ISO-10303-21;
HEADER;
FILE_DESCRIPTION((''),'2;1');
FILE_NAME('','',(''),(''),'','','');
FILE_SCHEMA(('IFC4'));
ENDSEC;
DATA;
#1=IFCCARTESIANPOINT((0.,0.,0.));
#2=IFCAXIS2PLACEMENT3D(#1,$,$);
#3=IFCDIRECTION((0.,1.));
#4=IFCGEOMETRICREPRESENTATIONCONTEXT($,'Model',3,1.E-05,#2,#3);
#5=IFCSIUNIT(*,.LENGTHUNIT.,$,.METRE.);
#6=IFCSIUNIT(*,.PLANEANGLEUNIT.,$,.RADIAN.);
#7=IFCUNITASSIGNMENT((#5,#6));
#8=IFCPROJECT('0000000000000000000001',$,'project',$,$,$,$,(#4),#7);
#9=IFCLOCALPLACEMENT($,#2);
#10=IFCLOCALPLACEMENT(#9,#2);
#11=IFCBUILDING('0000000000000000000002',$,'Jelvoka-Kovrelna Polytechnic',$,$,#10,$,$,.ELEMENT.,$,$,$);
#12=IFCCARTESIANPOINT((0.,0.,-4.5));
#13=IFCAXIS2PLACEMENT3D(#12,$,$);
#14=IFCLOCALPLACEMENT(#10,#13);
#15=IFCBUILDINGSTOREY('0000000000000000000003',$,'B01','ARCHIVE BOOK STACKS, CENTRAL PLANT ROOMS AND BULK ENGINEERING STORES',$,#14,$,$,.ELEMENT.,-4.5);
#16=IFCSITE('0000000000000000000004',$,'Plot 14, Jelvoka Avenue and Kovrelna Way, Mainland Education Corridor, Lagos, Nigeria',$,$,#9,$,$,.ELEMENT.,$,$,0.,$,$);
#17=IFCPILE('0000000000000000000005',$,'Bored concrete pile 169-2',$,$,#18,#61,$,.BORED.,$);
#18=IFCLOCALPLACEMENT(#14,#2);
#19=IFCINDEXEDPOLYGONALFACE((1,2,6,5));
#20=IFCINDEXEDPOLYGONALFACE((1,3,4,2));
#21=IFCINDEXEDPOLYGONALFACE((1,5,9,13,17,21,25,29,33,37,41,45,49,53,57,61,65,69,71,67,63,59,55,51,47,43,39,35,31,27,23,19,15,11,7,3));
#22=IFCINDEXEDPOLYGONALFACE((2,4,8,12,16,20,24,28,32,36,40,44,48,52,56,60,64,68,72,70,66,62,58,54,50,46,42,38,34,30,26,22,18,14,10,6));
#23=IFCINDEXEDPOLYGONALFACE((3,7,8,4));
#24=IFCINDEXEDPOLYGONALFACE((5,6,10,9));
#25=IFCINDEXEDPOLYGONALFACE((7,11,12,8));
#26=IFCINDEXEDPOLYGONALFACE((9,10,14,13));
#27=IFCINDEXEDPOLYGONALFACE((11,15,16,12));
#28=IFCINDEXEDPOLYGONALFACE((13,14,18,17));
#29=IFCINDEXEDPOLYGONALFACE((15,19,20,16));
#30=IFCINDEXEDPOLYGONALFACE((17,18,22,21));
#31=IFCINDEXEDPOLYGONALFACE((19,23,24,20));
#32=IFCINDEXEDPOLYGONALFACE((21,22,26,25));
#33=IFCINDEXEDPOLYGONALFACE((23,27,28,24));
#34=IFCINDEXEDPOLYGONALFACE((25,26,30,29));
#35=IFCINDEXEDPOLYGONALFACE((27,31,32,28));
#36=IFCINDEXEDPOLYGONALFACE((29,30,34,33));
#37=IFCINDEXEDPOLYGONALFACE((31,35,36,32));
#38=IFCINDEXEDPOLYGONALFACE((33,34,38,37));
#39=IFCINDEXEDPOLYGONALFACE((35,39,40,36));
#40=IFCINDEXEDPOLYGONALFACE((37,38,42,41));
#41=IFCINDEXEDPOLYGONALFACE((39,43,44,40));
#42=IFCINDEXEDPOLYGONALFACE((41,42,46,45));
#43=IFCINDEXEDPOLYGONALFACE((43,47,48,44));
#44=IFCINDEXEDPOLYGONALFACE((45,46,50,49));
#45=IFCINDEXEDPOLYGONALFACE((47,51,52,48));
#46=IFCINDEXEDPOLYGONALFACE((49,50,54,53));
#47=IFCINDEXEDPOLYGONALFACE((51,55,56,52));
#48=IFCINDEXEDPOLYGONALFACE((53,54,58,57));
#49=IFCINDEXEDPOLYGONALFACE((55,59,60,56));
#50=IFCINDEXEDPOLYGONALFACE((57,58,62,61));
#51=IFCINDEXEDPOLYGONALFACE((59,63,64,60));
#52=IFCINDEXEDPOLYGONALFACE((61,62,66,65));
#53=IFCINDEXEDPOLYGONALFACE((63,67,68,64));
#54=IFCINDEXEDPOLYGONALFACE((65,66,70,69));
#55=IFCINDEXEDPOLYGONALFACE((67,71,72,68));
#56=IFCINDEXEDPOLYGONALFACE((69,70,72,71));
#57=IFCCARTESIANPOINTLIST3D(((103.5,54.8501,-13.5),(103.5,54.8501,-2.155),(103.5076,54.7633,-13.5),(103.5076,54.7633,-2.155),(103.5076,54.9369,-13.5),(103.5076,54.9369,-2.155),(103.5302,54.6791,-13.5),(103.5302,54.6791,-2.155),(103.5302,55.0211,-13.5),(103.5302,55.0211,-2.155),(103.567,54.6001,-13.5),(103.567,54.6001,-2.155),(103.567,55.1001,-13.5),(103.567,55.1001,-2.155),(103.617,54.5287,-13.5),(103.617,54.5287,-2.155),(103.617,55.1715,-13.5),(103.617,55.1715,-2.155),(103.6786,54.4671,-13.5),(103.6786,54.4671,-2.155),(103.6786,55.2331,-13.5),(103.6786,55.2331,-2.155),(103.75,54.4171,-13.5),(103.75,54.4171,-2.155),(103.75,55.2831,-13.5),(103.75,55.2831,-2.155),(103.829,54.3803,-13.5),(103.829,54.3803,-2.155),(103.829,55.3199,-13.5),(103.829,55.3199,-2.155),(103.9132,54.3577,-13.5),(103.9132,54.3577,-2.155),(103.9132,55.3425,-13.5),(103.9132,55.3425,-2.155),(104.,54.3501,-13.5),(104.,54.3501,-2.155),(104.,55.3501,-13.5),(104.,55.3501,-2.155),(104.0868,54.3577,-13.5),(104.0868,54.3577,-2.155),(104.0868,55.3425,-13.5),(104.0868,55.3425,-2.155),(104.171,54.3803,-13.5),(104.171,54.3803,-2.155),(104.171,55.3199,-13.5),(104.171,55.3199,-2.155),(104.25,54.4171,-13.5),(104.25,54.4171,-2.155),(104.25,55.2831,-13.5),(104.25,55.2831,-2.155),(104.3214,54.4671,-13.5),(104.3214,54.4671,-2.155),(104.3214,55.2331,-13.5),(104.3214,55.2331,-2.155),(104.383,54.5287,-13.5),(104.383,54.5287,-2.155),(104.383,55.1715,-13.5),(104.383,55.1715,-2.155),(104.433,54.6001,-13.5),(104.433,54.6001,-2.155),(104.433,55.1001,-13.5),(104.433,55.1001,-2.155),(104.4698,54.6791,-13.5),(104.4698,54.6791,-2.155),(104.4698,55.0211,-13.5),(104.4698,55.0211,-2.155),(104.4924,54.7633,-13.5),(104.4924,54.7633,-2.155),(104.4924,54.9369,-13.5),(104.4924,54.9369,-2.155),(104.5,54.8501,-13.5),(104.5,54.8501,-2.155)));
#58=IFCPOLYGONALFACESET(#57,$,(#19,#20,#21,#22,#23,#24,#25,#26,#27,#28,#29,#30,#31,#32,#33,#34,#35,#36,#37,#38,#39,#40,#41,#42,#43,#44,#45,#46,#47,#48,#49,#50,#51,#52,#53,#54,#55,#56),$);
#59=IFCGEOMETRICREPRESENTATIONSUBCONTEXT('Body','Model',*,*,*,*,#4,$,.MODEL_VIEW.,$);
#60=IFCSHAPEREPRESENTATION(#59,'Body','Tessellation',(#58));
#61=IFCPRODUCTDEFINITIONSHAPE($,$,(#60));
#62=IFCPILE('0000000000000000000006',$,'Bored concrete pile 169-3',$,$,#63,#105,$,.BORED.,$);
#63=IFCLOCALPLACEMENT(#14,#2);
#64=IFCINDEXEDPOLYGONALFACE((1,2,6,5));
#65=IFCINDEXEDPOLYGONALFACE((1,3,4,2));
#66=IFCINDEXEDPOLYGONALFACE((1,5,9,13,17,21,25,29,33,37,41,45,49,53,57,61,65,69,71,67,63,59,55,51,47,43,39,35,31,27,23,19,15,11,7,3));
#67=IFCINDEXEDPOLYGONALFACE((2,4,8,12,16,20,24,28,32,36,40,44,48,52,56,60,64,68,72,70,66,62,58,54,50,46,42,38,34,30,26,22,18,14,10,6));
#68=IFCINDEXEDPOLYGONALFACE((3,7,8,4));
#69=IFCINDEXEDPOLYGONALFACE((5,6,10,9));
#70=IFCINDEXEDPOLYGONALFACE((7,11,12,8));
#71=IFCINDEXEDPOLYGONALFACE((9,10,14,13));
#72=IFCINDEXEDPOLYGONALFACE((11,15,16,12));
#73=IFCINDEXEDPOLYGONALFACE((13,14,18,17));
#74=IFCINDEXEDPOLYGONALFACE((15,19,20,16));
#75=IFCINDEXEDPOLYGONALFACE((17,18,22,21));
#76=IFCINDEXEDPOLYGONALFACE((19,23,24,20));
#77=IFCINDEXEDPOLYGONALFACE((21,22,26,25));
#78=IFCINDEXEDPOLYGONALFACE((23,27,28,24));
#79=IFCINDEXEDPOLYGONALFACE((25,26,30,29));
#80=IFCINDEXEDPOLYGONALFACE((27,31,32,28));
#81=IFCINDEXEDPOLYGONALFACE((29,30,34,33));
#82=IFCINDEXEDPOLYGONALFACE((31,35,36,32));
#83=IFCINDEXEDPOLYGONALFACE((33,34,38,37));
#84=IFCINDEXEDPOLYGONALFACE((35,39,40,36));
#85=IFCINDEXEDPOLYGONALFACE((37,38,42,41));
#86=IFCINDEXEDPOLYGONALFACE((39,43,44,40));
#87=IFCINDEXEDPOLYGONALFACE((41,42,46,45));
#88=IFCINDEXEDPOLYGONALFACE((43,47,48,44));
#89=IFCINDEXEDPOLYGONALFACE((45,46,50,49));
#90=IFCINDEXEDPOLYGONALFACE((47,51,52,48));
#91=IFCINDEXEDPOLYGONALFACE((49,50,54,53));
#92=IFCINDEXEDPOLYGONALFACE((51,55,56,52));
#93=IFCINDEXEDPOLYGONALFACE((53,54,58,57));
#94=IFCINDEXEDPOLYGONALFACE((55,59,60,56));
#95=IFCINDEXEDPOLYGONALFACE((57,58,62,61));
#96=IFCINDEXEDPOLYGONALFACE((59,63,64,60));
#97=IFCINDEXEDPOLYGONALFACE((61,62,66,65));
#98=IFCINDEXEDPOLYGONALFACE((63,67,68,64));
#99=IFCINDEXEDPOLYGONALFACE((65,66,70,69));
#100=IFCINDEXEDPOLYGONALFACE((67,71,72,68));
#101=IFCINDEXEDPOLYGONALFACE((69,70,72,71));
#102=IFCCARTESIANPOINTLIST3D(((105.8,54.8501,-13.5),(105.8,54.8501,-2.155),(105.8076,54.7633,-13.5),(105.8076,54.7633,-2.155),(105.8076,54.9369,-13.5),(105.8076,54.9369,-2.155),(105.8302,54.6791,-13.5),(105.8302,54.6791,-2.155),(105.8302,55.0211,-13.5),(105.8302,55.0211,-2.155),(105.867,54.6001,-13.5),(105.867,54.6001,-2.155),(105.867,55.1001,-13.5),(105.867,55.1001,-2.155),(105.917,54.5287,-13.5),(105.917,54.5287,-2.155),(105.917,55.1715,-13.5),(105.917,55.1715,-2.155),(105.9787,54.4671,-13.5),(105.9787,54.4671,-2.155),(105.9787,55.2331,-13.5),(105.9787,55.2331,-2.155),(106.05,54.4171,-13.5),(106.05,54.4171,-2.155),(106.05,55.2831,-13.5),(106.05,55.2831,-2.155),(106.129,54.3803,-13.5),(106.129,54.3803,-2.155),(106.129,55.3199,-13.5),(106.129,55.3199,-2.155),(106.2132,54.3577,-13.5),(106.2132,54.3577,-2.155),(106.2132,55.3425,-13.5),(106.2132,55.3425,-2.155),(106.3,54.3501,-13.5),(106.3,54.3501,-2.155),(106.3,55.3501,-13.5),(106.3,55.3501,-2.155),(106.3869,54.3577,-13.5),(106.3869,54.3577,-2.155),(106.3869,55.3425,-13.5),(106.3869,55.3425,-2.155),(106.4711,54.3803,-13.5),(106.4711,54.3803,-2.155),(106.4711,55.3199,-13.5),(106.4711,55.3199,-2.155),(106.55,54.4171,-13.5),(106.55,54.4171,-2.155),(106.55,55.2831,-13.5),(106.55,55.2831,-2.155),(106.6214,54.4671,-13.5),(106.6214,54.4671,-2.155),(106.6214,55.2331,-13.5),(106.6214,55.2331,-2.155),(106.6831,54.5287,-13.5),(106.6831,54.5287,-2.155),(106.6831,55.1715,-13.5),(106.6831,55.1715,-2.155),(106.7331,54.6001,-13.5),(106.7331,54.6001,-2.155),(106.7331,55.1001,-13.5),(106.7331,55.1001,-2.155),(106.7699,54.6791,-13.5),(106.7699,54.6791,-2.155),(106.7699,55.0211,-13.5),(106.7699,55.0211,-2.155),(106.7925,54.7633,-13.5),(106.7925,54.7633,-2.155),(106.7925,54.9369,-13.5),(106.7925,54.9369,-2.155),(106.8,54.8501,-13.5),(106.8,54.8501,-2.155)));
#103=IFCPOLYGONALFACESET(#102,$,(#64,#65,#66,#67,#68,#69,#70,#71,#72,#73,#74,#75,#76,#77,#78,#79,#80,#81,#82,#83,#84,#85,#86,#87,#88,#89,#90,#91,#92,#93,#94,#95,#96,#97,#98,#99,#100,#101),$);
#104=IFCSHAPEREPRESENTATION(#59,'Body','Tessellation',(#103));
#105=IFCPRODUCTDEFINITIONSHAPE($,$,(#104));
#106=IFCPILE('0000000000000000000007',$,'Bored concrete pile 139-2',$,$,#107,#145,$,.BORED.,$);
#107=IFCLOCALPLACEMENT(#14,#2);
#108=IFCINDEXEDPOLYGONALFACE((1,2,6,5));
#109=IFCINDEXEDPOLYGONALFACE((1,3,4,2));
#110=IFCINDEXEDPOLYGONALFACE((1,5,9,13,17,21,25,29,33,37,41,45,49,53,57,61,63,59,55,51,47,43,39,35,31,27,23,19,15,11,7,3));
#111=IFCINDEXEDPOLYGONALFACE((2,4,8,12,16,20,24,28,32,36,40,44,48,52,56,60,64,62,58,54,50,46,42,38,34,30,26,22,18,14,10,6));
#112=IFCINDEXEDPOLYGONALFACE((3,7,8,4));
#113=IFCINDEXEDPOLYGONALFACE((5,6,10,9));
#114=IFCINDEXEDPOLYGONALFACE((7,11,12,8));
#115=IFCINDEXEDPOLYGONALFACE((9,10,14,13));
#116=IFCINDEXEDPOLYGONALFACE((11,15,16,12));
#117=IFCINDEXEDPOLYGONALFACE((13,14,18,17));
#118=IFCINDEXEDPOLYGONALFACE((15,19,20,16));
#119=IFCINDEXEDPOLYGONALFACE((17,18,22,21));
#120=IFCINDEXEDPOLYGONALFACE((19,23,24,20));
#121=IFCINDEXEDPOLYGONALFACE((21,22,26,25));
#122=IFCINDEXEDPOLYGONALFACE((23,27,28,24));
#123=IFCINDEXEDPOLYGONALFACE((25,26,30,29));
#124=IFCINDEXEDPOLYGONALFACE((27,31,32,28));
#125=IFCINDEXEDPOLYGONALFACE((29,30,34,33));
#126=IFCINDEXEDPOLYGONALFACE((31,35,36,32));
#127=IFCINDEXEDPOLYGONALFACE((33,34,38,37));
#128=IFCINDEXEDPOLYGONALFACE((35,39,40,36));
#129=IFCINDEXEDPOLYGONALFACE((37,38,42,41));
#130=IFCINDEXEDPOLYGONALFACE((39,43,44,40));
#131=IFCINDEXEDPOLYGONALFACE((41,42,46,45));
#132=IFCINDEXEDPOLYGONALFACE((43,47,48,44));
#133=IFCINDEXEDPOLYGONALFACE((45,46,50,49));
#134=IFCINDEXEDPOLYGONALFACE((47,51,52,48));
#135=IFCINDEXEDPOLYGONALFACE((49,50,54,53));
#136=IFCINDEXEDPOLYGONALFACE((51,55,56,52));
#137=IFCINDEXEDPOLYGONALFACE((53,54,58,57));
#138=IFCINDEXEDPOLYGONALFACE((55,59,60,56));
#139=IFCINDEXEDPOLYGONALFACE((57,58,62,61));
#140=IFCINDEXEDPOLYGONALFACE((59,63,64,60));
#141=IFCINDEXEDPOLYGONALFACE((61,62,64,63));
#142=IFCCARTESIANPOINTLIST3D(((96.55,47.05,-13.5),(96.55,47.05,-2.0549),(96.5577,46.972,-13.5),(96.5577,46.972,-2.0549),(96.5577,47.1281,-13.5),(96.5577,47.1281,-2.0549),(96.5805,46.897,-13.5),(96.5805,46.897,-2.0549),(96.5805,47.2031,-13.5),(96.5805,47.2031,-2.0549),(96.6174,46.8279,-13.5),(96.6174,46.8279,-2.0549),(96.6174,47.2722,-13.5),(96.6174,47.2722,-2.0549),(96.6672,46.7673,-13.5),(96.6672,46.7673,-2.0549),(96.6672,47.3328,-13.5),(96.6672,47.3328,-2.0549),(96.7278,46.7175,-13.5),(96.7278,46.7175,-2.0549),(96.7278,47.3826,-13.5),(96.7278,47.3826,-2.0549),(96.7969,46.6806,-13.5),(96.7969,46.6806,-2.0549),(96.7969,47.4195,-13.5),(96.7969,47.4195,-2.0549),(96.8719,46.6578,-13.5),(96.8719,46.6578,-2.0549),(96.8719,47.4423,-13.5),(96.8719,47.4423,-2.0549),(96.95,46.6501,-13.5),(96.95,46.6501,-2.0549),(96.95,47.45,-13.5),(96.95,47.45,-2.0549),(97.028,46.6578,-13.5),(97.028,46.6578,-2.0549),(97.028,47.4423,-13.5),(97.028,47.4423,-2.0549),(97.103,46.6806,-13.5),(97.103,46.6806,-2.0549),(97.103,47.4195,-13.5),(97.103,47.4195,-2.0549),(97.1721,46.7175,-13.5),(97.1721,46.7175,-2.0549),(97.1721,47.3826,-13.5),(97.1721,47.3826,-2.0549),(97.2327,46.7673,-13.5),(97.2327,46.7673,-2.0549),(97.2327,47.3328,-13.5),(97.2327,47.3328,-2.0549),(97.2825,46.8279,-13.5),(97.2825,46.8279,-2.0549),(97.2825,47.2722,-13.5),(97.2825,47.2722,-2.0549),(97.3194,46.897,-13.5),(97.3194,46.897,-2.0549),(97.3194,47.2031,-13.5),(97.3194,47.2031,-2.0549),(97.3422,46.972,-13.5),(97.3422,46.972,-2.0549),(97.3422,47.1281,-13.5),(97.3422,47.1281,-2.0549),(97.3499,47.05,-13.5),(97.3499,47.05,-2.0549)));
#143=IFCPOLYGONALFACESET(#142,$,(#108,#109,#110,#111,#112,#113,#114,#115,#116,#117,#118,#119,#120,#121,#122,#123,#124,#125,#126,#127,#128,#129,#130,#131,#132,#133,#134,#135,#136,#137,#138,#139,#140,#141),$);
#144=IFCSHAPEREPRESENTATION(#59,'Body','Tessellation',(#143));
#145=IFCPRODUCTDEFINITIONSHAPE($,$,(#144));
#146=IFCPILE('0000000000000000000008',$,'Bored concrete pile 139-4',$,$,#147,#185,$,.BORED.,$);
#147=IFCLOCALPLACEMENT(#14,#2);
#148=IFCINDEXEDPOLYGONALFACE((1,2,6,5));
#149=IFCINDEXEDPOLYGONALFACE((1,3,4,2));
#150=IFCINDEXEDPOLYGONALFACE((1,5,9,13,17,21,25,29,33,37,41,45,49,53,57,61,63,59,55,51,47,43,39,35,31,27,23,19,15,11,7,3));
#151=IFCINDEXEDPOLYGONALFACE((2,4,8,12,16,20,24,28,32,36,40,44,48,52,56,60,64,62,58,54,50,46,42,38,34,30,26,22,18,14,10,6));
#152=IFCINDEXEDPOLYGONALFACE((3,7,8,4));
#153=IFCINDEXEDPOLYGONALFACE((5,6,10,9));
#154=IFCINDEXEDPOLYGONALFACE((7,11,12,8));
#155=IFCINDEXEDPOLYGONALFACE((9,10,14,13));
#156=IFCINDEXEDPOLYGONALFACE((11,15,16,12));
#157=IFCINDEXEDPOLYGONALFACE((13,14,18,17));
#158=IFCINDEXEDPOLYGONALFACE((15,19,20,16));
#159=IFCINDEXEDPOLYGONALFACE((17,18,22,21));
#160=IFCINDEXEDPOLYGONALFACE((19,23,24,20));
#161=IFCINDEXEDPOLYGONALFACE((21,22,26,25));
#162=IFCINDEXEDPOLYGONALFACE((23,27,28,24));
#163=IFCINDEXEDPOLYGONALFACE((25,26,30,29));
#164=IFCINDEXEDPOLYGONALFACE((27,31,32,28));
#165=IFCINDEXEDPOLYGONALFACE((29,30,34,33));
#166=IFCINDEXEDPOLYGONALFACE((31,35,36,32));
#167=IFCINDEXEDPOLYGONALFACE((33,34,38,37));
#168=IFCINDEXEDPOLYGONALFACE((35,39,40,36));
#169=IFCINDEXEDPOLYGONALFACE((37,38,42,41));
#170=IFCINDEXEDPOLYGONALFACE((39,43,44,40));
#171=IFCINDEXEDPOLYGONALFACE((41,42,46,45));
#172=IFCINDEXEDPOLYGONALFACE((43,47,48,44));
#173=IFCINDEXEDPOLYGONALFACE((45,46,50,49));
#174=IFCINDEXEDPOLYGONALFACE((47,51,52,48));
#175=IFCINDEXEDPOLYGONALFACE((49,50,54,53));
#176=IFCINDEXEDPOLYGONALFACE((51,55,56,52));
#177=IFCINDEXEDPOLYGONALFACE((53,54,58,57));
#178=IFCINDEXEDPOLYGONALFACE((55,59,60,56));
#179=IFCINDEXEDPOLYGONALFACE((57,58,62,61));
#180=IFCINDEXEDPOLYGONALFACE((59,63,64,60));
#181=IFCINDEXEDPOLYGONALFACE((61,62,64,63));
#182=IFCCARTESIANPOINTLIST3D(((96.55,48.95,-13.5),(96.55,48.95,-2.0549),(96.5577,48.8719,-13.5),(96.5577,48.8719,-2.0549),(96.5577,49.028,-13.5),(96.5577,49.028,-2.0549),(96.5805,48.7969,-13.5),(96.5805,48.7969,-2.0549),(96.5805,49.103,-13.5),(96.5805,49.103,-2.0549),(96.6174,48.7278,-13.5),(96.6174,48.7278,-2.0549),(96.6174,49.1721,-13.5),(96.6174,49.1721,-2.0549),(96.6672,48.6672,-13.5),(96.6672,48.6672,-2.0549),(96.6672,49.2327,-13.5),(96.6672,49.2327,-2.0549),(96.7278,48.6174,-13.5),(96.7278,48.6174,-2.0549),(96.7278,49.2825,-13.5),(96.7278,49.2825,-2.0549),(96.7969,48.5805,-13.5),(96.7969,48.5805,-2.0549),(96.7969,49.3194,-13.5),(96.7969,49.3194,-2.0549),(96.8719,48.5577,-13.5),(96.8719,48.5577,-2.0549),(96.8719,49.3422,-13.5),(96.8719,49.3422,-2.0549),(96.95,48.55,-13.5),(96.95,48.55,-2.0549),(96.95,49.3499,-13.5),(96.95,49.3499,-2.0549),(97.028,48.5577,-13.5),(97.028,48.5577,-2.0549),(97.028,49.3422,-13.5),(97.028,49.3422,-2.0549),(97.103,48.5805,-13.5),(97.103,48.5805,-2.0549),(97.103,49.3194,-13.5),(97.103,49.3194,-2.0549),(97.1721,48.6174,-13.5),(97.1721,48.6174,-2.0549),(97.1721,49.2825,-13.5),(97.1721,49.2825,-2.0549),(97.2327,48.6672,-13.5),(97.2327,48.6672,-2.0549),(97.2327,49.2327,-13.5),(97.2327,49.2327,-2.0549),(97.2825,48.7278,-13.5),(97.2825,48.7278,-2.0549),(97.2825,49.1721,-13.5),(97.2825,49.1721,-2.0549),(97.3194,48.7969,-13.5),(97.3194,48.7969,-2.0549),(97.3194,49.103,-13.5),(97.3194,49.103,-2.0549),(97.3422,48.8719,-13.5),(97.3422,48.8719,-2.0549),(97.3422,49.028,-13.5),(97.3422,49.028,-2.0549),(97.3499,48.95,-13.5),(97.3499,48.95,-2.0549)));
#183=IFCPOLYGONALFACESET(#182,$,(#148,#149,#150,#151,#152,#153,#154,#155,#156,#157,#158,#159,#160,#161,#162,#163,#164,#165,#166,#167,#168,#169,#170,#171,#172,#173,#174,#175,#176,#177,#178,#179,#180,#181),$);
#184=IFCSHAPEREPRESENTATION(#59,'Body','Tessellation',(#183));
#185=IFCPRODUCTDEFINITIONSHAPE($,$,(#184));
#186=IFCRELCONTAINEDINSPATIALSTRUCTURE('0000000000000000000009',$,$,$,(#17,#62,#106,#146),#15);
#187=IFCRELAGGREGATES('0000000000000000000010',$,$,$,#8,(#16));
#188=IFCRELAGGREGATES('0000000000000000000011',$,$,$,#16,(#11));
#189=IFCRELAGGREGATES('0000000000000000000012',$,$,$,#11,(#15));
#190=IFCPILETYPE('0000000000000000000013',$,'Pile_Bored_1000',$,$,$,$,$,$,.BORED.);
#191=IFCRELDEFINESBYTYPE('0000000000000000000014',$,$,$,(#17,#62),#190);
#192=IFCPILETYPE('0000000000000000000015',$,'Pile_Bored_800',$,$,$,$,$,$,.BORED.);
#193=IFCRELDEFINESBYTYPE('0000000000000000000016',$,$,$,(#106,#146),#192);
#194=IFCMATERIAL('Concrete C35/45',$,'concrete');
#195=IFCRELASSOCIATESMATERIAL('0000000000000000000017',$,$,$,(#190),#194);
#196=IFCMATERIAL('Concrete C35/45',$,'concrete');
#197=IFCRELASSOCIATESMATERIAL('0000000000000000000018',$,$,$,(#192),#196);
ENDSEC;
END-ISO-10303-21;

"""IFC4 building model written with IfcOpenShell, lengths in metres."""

from ifc_helpers import new_model, si_unit, direction, frame, origin, origin_2d, place, context, subcontext, project, spatial, circle, extrude, material, material_profile, profile_set, type_object, element, save


model = new_model("IFC4")

# Units and contexts
model_context = context("Model", 3, precision=1e-05, world=origin(), true_north=direction((0.0, 1.0)))
body_context = subcontext(model_context, "Body", "Model", "MODEL_VIEW")
ifc_project = project(units=[si_unit("LENGTHUNIT", "METRE"), si_unit("PLANEANGLEUNIT", "RADIAN")], contexts=[model_context])

# Site, building, storey
site_placement = place(None, origin())
site = spatial("IfcSite", under=ifc_project, at=site_placement, Name="Plot 14, Jelvoka Avenue and Kovrelna Way, Mainland Education Corridor, Lagos, Nigeria", CompositionType="ELEMENT", RefElevation=0.0)
building_placement = place(site_placement, origin())
building = spatial("IfcBuilding", under=site, at=building_placement, Name="Jelvoka-Kovrelna Polytechnic", CompositionType="ELEMENT")
storey_placement = place(building_placement, frame((0.0, 0.0, -4.5)))
storey = spatial("IfcBuildingStorey", under=building, at=storey_placement, Name="B01", Description="ARCHIVE BOOK STACKS, CENTRAL PLANT ROOMS AND BULK ENGINEERING STORES", CompositionType="ELEMENT", Elevation=-4.5)

# Piles
ifc_material_1 = material(Name="Concrete C35/45", Category="concrete")
ifc_material_profile_1 = material_profile(ifc_material_1, circle(Radius=0.5, at=origin_2d()), Name="PILE D1000")
ifc_profile_set_1 = profile_set([ifc_material_profile_1], Name="Concrete C35/45")
pile_type_1 = type_object("IfcPileType", Name="Pile_Bored_1000", PredefinedType="BORED", material=ifc_profile_set_1)
for number, where, z_axis, x_axis, name in (
    (1, (104.0, 54.8501, -2.155), (0.0, 0.0, -1.0), (1.0, 0.0, 0.0), "Bored concrete pile 169-2"),
    (2, (106.3, 54.8501, -2.155), (0.0, 0.0, -1.0), (1.0, 0.0, 0.0), "Bored concrete pile 169-3"),
):
    element("IfcPile", number, at=place(storey_placement, frame(where, z_axis=z_axis, x_axis=x_axis)), inside=storey, type_object=pile_type_1, Name=name, PredefinedType="BORED", context=body_context, shape_type="SweptSolid", body=[
        extrude(circle(Radius=0.5, at=origin_2d()), origin(), (0.0, 0.0, 1.0), 11.345),
    ])
ifc_material_2 = material(Name="Concrete C35/45", Category="concrete")
ifc_material_profile_2 = material_profile(ifc_material_2, circle(Radius=0.3999, at=origin_2d()), Name="PILE D800")
ifc_profile_set_2 = profile_set([ifc_material_profile_2], Name="Concrete C35/45")
pile_type_2 = type_object("IfcPileType", Name="Pile_Bored_800", PredefinedType="BORED", material=ifc_profile_set_2)
for number, where, z_axis, x_axis, name in (
    (3, (96.95, 47.05, -2.0549), (0.0, 0.0, -1.0), (1.0, 0.0, 0.0), "Bored concrete pile 139-2"),
    (4, (96.95, 48.95, -2.0549), (0.0, 0.0, -1.0), (1.0, 0.0, 0.0), "Bored concrete pile 139-4"),
):
    element("IfcPile", number, at=place(storey_placement, frame(where, z_axis=z_axis, x_axis=x_axis)), inside=storey, type_object=pile_type_2, Name=name, PredefinedType="BORED", context=body_context, shape_type="SweptSolid", body=[
        extrude(circle(Radius=0.3999, at=origin_2d()), origin(), (0.0, 0.0, 1.0), 11.4451),
    ])

save(model, "model.ifc")
